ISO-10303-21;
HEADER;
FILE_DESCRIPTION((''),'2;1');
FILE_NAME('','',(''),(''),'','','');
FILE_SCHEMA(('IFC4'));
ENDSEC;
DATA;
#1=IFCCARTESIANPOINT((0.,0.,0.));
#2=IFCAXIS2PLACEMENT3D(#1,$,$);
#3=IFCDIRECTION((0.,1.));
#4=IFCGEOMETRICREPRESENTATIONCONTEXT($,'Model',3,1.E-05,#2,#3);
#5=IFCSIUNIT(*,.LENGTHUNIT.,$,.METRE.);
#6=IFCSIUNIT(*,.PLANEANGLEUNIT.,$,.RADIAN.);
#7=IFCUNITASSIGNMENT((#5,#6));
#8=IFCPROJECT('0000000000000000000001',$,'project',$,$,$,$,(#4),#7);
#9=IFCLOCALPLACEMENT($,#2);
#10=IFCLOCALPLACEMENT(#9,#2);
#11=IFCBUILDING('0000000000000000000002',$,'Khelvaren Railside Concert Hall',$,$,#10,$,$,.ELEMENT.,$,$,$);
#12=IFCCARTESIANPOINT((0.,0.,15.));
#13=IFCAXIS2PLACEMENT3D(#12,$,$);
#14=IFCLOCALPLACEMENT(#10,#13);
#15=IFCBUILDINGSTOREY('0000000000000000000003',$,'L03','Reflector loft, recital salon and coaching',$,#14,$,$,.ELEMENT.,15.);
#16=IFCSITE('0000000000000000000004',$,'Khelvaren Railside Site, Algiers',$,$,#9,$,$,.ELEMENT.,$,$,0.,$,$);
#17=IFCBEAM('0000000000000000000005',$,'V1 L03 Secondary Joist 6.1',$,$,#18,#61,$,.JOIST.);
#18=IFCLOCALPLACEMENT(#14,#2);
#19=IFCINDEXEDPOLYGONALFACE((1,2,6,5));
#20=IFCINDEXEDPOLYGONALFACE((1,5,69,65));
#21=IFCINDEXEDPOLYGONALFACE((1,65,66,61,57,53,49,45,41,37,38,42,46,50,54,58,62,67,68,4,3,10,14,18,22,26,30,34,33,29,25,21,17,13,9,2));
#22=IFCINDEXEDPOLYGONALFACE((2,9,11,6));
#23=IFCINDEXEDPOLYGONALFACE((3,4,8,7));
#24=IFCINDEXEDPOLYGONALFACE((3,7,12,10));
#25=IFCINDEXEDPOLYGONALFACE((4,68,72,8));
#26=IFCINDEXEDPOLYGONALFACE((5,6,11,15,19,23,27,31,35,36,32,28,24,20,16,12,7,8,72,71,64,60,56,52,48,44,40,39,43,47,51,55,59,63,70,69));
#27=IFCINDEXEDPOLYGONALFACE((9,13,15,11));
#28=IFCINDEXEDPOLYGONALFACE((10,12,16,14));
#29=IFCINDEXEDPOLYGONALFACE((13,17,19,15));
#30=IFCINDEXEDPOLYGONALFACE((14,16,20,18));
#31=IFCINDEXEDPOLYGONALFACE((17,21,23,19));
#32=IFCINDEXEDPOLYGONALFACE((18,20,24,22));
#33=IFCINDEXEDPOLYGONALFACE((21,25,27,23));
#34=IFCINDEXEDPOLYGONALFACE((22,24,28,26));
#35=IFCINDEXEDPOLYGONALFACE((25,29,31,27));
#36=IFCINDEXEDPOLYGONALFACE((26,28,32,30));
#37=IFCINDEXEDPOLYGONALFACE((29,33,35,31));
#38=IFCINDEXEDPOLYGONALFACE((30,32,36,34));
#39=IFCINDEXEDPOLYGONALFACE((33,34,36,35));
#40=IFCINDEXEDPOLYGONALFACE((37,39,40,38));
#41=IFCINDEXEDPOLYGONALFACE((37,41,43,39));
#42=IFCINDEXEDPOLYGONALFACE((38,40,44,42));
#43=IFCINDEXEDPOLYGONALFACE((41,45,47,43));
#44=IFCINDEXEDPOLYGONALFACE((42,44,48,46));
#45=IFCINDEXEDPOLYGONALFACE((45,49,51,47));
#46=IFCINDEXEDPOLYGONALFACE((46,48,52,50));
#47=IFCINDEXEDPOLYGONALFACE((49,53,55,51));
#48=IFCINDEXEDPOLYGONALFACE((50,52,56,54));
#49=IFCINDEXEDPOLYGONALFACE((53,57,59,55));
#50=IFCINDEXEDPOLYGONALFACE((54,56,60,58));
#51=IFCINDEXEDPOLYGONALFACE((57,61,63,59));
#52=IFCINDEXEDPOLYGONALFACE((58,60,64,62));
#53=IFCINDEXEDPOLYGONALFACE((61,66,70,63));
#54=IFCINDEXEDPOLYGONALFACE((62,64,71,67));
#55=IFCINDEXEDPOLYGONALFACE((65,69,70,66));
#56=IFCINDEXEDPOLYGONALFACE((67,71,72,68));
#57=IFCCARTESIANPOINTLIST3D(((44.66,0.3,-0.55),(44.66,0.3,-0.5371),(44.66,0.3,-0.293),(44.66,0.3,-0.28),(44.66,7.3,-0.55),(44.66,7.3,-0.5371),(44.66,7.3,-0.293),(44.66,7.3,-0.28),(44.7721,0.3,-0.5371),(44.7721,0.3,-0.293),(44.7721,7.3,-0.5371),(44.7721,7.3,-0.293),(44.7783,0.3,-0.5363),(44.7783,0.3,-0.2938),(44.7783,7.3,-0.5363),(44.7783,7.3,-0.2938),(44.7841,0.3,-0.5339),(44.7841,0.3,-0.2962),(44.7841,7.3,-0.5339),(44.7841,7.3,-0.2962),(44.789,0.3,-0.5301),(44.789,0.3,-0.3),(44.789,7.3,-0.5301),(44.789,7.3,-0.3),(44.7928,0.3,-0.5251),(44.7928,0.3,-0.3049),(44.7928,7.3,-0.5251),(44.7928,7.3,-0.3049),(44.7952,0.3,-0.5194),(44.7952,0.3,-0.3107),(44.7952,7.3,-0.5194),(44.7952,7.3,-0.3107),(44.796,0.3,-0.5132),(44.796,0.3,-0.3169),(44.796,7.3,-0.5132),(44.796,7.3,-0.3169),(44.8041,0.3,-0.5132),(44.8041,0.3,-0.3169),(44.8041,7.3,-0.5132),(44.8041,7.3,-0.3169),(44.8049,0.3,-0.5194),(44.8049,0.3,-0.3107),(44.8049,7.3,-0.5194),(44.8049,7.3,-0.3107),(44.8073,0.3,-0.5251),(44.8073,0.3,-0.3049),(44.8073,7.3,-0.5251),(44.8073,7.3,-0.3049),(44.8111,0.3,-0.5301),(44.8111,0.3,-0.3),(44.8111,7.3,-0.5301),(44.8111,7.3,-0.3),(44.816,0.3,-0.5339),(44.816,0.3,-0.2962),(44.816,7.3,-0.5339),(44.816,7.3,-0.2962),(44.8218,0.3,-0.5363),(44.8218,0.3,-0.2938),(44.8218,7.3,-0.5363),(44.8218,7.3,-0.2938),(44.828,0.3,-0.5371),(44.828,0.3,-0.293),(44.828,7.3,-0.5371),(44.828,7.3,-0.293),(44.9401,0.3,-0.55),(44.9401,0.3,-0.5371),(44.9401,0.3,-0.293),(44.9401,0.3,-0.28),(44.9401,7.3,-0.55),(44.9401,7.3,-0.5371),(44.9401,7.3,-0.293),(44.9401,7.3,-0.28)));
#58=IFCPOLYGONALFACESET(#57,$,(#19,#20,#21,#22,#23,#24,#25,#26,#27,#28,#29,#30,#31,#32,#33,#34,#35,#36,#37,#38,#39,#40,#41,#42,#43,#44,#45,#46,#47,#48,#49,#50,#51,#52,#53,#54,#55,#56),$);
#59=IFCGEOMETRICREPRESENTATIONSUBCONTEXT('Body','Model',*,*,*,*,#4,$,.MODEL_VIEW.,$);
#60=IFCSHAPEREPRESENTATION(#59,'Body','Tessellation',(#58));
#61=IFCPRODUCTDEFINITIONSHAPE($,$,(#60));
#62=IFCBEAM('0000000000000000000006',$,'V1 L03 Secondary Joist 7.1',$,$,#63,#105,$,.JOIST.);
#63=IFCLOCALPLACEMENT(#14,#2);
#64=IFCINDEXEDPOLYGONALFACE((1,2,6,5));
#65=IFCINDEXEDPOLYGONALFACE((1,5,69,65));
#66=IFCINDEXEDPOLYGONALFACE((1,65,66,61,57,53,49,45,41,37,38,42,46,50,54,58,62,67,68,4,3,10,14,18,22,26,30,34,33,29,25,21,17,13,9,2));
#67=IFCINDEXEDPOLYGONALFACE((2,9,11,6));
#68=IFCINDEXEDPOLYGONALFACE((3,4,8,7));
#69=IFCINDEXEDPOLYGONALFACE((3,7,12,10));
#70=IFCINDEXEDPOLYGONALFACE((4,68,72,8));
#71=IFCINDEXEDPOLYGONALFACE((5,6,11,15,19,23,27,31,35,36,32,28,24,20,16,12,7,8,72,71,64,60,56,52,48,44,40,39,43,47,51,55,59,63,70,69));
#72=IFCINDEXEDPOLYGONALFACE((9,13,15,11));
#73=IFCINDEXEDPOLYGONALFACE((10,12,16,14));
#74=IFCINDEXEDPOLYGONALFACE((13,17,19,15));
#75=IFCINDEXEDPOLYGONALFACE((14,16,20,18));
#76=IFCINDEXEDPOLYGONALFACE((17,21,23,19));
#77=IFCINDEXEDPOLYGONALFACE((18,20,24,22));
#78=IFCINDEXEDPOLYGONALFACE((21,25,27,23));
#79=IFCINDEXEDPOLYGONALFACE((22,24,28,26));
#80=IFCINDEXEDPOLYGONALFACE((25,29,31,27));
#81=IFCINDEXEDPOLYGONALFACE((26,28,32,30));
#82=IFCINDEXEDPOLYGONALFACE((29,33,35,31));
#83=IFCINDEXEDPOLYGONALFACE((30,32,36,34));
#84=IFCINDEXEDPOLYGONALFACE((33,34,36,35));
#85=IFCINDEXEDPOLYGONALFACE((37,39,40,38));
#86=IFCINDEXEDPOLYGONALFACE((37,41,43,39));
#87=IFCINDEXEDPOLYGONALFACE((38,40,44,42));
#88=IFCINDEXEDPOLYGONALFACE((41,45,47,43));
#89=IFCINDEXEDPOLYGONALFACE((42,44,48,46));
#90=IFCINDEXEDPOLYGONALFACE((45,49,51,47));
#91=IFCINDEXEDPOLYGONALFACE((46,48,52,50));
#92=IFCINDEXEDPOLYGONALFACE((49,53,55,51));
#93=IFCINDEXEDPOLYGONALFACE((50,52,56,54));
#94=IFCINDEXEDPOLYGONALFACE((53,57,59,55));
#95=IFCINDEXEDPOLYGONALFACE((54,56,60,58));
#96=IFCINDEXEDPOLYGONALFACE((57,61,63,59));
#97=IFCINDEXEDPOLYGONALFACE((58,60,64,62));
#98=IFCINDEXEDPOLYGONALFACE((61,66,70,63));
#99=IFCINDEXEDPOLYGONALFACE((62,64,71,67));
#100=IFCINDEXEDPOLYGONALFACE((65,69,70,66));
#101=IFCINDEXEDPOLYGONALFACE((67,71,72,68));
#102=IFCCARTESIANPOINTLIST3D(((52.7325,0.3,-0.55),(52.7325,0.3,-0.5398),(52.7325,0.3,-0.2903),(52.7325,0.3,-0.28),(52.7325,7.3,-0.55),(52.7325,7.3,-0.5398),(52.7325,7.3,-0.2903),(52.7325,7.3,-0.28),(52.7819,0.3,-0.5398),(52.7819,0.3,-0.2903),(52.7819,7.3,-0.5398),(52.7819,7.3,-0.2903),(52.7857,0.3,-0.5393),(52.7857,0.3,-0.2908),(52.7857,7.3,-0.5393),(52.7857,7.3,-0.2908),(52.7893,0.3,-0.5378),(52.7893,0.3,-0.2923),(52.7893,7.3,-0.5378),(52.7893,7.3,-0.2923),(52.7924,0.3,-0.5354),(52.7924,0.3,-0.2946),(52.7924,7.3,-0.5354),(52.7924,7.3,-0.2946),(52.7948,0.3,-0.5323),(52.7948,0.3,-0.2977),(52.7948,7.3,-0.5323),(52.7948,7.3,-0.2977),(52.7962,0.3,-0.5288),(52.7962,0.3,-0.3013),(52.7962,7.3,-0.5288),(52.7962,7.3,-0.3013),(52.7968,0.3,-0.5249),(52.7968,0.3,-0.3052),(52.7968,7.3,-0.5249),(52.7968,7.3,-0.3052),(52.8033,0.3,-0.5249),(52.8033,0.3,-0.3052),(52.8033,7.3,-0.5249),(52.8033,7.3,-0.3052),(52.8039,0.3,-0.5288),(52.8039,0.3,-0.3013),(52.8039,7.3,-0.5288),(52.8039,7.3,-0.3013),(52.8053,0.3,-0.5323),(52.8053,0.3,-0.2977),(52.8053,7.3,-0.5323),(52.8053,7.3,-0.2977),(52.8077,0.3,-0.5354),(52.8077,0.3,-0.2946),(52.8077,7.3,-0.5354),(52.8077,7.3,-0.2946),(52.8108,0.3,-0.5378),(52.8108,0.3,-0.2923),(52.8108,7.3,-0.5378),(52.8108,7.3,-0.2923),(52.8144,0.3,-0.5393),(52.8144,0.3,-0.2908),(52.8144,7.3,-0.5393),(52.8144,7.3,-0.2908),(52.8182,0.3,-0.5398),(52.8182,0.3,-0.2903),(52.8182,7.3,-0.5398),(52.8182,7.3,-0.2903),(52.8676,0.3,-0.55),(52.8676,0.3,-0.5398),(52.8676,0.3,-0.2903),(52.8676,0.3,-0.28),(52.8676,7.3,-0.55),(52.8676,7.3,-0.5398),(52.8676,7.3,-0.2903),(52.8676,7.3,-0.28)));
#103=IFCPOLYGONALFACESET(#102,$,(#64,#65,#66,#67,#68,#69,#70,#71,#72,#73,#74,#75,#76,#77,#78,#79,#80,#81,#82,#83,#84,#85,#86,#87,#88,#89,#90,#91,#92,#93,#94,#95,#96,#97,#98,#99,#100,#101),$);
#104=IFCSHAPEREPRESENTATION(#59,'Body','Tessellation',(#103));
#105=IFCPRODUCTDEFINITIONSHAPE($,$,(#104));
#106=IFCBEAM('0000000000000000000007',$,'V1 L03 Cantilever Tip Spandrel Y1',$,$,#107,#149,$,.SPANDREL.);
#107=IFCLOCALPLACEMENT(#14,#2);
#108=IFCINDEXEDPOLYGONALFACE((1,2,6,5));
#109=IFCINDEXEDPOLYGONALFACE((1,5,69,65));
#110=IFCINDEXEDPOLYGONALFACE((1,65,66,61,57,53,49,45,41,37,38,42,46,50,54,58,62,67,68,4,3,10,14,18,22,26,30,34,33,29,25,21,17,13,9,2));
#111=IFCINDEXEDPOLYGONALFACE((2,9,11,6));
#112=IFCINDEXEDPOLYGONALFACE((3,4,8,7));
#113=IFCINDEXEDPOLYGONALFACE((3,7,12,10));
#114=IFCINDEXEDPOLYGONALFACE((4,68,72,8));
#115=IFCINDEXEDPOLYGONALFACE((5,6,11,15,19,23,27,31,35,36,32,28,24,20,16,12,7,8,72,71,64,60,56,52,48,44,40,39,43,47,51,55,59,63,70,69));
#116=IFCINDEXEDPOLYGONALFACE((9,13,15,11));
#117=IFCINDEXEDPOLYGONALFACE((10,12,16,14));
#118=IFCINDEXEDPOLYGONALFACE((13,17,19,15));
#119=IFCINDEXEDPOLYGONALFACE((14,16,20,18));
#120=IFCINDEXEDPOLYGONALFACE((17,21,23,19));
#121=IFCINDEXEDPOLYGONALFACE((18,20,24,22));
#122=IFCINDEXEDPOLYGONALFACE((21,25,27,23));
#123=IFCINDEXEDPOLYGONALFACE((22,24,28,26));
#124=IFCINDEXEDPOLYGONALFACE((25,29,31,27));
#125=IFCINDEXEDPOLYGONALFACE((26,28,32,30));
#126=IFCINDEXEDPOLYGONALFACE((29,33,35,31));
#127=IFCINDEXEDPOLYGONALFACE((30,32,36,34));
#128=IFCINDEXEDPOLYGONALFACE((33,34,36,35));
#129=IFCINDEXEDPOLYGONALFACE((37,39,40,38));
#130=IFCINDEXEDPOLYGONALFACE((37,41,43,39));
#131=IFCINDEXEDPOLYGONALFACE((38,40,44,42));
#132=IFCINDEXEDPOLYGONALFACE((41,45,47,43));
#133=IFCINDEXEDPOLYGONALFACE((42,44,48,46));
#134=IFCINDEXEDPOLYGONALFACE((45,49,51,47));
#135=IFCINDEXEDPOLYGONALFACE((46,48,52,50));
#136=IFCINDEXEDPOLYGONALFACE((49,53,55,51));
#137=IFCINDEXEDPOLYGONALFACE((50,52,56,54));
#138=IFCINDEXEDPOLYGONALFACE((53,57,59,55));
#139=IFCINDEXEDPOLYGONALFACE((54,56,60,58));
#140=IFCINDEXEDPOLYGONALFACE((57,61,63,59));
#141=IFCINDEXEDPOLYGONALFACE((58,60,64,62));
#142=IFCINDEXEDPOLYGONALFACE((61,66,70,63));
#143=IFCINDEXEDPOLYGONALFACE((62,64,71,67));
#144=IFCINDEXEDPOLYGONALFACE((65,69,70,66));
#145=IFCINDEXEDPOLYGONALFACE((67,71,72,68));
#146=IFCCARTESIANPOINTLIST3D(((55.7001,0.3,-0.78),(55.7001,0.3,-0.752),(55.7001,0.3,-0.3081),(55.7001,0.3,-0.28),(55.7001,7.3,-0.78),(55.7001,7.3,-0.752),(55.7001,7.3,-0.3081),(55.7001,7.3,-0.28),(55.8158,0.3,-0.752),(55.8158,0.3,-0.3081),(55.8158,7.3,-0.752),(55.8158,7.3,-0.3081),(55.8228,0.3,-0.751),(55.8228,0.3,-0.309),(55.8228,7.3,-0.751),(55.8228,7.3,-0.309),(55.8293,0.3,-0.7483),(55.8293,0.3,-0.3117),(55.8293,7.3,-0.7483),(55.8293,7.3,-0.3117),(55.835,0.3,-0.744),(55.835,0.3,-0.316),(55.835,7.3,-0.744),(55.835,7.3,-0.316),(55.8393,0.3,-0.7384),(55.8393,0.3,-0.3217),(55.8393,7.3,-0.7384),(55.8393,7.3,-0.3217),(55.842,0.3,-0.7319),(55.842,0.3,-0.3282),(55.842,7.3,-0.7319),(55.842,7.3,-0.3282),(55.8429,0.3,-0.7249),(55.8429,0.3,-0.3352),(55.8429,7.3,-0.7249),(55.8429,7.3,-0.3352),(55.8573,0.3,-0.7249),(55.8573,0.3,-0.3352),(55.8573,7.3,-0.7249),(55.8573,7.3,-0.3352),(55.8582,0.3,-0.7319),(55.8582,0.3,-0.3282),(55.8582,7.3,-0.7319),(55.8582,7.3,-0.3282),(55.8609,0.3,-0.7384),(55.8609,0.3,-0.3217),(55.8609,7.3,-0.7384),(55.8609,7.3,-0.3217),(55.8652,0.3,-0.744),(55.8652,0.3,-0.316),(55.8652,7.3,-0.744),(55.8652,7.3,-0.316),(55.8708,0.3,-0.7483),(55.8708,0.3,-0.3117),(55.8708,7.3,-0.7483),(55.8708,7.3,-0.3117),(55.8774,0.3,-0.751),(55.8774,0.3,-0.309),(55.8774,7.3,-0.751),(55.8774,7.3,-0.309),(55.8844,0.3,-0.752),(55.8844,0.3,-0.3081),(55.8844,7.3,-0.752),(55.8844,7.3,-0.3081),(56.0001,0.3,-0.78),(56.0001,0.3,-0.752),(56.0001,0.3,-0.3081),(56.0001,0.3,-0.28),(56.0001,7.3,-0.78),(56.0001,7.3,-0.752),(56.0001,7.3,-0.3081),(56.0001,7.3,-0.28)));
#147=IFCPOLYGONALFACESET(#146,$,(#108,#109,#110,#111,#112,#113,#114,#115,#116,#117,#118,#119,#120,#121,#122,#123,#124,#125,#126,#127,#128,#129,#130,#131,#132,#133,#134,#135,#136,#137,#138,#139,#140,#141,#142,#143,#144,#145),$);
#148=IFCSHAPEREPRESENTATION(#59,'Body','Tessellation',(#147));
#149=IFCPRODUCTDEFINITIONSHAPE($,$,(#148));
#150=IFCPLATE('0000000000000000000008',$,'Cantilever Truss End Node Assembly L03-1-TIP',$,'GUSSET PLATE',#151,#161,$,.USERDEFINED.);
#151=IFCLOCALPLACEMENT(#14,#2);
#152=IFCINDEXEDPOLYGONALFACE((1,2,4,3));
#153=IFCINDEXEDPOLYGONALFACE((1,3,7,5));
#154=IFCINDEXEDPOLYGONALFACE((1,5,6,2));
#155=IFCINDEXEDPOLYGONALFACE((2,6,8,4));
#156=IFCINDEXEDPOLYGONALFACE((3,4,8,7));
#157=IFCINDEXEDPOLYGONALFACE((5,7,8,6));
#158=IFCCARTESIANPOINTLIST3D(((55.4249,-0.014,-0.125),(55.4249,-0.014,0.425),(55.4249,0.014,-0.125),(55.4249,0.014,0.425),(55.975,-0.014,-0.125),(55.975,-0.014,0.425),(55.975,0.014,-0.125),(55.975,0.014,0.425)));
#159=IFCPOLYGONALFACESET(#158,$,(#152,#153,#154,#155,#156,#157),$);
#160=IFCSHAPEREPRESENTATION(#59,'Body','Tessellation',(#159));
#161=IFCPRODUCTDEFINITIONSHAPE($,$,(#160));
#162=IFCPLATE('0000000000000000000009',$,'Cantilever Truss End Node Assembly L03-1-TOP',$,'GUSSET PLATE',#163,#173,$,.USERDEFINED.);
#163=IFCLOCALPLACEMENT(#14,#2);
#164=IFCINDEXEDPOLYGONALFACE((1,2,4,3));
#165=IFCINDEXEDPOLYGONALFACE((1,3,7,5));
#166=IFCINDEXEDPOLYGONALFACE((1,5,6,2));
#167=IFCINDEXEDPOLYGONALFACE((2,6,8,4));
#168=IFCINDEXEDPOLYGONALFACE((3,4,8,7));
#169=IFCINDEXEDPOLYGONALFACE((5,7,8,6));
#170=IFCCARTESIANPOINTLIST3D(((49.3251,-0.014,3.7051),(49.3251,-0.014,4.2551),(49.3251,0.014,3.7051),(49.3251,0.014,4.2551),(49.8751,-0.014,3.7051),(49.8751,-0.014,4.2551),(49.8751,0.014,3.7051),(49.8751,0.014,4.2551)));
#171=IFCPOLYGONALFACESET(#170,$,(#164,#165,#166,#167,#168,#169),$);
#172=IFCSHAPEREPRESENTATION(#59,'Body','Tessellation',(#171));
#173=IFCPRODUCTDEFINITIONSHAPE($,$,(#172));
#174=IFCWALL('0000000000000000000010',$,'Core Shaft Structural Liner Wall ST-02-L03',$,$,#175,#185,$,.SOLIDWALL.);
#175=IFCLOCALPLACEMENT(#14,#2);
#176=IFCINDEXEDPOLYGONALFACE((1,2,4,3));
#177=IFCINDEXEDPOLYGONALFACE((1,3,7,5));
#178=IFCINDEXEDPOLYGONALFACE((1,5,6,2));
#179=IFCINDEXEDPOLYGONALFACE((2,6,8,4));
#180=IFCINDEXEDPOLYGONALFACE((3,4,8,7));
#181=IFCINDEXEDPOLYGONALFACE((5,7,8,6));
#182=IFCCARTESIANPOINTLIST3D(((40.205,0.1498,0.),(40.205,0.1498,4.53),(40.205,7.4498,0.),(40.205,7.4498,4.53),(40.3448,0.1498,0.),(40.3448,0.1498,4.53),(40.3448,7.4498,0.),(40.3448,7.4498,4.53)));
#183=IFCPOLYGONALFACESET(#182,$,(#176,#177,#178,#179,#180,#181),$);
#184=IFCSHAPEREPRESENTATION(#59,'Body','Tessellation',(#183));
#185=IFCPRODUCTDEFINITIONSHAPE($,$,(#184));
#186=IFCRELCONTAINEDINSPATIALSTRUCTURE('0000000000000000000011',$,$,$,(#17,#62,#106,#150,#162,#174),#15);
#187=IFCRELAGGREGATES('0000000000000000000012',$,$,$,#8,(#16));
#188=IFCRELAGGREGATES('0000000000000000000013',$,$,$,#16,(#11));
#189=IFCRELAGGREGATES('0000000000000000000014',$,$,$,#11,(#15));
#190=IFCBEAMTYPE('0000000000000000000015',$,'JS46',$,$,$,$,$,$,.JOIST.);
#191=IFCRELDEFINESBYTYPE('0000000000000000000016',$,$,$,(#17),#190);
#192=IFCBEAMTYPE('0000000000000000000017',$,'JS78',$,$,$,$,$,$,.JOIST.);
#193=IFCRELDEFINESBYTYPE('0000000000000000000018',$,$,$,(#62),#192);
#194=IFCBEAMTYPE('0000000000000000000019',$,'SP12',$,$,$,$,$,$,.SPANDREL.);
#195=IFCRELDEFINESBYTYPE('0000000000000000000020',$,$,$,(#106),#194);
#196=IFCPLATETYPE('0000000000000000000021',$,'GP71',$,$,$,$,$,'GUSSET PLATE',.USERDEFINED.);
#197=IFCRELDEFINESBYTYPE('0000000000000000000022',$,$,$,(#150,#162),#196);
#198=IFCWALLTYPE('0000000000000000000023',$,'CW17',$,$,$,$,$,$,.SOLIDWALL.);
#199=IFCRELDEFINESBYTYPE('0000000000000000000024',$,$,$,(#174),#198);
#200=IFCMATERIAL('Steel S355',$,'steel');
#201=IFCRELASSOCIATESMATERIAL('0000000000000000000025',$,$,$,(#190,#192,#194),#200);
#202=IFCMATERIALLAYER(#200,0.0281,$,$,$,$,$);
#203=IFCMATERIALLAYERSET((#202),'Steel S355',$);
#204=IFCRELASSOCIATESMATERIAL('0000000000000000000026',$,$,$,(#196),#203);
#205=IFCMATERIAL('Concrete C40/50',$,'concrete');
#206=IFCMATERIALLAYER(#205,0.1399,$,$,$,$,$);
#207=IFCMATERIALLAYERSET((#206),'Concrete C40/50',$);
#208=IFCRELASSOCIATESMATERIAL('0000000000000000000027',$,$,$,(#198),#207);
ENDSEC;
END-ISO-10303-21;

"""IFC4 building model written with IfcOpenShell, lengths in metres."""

from ifc_helpers import new_model, si_unit, direction, frame, frame_2d, origin, origin_2d, place, context, subcontext, project, spatial, rectangle, i_section, extrude, material, layer, layer_set, material_profile, profile_set, type_object, element, save


model = new_model("IFC4")

# Units and contexts
model_context = context("Model", 3, precision=1e-05, world=origin(), true_north=direction((0.0, 1.0)))
body_context = subcontext(model_context, "Body", "Model", "MODEL_VIEW")
ifc_project = project(units=[si_unit("LENGTHUNIT", "METRE"), si_unit("PLANEANGLEUNIT", "RADIAN")], contexts=[model_context])

# Site, building, storey
site_placement = place(None, origin())
site = spatial("IfcSite", under=ifc_project, at=site_placement, Name="Khelvaren Railside Site, Algiers", CompositionType="ELEMENT", RefElevation=0.0)
building_placement = place(site_placement, origin())
building = spatial("IfcBuilding", under=site, at=building_placement, Name="Khelvaren Railside Concert Hall", CompositionType="ELEMENT")
storey_placement = place(building_placement, frame((0.0, 0.0, 15.0)))
storey = spatial("IfcBuildingStorey", under=building, at=storey_placement, Name="L03", Description="Reflector loft, recital salon and coaching", CompositionType="ELEMENT", Elevation=15.0)

# Shared definitions
ifc_material_1 = material(Name="Steel S355", Category="steel")

# Beams
ifc_material_2 = material(Name="Concrete C40/50", Category="concrete")
ifc_material_profile_1 = material_profile(ifc_material_1, i_section(OverallWidth=0.28, OverallDepth=0.27, WebThickness=0.0081, FlangeThickness=0.0129, FilletRadius=0.0239, at=origin_2d()), Name="HEA 280")
ifc_profile_set_1 = profile_set([ifc_material_profile_1], Name="Steel S355")
beam_type_1 = type_object("IfcBeamType", Name="JS46", PredefinedType="JOIST", material=ifc_profile_set_1)
beam_1_placement = place(storey_placement, frame((44.8, 0.3, -0.415), z_axis=(0.0, 1.0, 0.0), x_axis=(-1.0, 0.0, 0.0)))
element("IfcBeam", 1, at=beam_1_placement, inside=storey, type_object=beam_type_1, Name="V1 L03 Secondary Joist 6.1", PredefinedType="JOIST", context=body_context, shape_type="SweptSolid", body=[
    extrude(i_section(OverallWidth=0.28, OverallDepth=0.27, WebThickness=0.0081, FlangeThickness=0.0129, FilletRadius=0.0239, at=origin_2d()), origin(), (0.0, 0.0, 1.0), 7.0),
])
ifc_material_profile_2 = material_profile(ifc_material_1, i_section(OverallWidth=0.135, OverallDepth=0.27, WebThickness=0.0066, FlangeThickness=0.0103, FilletRadius=0.0149, at=origin_2d()), Name="IPE 270")
ifc_profile_set_2 = profile_set([ifc_material_profile_2], Name="Steel S355")
beam_type_2 = type_object("IfcBeamType", Name="JS78", PredefinedType="JOIST", material=ifc_profile_set_2)
beam_2_placement = place(storey_placement, frame((52.8, 0.3, -0.415), z_axis=(0.0, 1.0, 0.0), x_axis=(-1.0, 0.0, 0.0)))
element("IfcBeam", 2, at=beam_2_placement, inside=storey, type_object=beam_type_2, Name="V1 L03 Secondary Joist 7.1", PredefinedType="JOIST", context=body_context, shape_type="SweptSolid", body=[
    extrude(i_section(OverallWidth=0.135, OverallDepth=0.27, WebThickness=0.0066, FlangeThickness=0.0103, FilletRadius=0.0149, at=origin_2d()), origin(), (0.0, 0.0, 1.0), 7.0),
])
ifc_material_profile_3 = material_profile(ifc_material_1, i_section(OverallWidth=0.3, OverallDepth=0.5, WebThickness=0.0144, FlangeThickness=0.0281, FilletRadius=0.0271, at=origin_2d()), Name="HEB 500")
ifc_profile_set_3 = profile_set([ifc_material_profile_3], Name="Steel S355")
beam_type_3 = type_object("IfcBeamType", Name="SP12", PredefinedType="SPANDREL", material=ifc_profile_set_3)
beam_3_placement = place(storey_placement, frame((55.8501, 0.3, -0.53), z_axis=(0.0, 1.0, 0.0), x_axis=(-1.0, 0.0, 0.0)))
element("IfcBeam", 3, at=beam_3_placement, inside=storey, type_object=beam_type_3, Name="V1 L03 Cantilever Tip Spandrel Y1", PredefinedType="SPANDREL", context=body_context, shape_type="SweptSolid", body=[
    extrude(i_section(OverallWidth=0.3, OverallDepth=0.5, WebThickness=0.0144, FlangeThickness=0.0281, FilletRadius=0.0271, at=origin_2d()), origin(), (0.0, 0.0, 1.0), 7.0),
])

# Plates
ifc_layer_1 = layer(ifc_material_1, 0.0281)
ifc_layer_set_1 = layer_set([ifc_layer_1], Name="Steel S355")
plate_type = type_object("IfcPlateType", Name="GP71", ElementType="GUSSET PLATE", PredefinedType="USERDEFINED", material=ifc_layer_set_1)
for number, where, z_axis, x_axis, name in (
    (4, (55.7, 0.0, -0.125), (0.0, 0.0, 1.0), (1.0, 0.0, 0.0), "Cantilever Truss End Node Assembly L03-1-TIP"),
    (5, (49.6001, 0.0, 3.7051), (0.0, 0.0, 1.0), (1.0, 0.0, 0.0), "Cantilever Truss End Node Assembly L03-1-TOP"),
):
    element("IfcPlate", number, at=place(storey_placement, frame(where, z_axis=z_axis, x_axis=x_axis)), inside=storey, type_object=plate_type, Name=name, ObjectType="GUSSET PLATE", PredefinedType="USERDEFINED", context=body_context, shape_type="SweptSolid", body=[
        extrude(rectangle(XDim=0.55, YDim=0.0281, at=origin_2d()), origin(), (0.0, 0.0, 1.0), 0.55),
    ])

# Wall
ifc_layer_2 = layer(ifc_material_2, 0.1399)
ifc_layer_set_2 = layer_set([ifc_layer_2], Name="Concrete C40/50")
wall_type_1 = type_object("IfcWallType", Name="CW17", PredefinedType="SOLIDWALL", material=ifc_layer_set_2)
wall_1_placement = place(storey_placement, frame((40.2749, 0.1499, 0.0), z_axis=(0.0, 0.0, 1.0), x_axis=(0.0, 1.0, 0.0)))
element("IfcWall", 6, at=wall_1_placement, inside=storey, type_object=wall_type_1, Name="Core Shaft Structural Liner Wall ST-02-L03", PredefinedType="SOLIDWALL", context=body_context, shape_type="SweptSolid", body=[
    extrude(rectangle(XDim=7.3, YDim=0.1399, at=frame_2d((3.6499, 0.0))), origin(), (0.0, 0.0, 1.0), 4.53),
])

save(model, "model.ifc")
